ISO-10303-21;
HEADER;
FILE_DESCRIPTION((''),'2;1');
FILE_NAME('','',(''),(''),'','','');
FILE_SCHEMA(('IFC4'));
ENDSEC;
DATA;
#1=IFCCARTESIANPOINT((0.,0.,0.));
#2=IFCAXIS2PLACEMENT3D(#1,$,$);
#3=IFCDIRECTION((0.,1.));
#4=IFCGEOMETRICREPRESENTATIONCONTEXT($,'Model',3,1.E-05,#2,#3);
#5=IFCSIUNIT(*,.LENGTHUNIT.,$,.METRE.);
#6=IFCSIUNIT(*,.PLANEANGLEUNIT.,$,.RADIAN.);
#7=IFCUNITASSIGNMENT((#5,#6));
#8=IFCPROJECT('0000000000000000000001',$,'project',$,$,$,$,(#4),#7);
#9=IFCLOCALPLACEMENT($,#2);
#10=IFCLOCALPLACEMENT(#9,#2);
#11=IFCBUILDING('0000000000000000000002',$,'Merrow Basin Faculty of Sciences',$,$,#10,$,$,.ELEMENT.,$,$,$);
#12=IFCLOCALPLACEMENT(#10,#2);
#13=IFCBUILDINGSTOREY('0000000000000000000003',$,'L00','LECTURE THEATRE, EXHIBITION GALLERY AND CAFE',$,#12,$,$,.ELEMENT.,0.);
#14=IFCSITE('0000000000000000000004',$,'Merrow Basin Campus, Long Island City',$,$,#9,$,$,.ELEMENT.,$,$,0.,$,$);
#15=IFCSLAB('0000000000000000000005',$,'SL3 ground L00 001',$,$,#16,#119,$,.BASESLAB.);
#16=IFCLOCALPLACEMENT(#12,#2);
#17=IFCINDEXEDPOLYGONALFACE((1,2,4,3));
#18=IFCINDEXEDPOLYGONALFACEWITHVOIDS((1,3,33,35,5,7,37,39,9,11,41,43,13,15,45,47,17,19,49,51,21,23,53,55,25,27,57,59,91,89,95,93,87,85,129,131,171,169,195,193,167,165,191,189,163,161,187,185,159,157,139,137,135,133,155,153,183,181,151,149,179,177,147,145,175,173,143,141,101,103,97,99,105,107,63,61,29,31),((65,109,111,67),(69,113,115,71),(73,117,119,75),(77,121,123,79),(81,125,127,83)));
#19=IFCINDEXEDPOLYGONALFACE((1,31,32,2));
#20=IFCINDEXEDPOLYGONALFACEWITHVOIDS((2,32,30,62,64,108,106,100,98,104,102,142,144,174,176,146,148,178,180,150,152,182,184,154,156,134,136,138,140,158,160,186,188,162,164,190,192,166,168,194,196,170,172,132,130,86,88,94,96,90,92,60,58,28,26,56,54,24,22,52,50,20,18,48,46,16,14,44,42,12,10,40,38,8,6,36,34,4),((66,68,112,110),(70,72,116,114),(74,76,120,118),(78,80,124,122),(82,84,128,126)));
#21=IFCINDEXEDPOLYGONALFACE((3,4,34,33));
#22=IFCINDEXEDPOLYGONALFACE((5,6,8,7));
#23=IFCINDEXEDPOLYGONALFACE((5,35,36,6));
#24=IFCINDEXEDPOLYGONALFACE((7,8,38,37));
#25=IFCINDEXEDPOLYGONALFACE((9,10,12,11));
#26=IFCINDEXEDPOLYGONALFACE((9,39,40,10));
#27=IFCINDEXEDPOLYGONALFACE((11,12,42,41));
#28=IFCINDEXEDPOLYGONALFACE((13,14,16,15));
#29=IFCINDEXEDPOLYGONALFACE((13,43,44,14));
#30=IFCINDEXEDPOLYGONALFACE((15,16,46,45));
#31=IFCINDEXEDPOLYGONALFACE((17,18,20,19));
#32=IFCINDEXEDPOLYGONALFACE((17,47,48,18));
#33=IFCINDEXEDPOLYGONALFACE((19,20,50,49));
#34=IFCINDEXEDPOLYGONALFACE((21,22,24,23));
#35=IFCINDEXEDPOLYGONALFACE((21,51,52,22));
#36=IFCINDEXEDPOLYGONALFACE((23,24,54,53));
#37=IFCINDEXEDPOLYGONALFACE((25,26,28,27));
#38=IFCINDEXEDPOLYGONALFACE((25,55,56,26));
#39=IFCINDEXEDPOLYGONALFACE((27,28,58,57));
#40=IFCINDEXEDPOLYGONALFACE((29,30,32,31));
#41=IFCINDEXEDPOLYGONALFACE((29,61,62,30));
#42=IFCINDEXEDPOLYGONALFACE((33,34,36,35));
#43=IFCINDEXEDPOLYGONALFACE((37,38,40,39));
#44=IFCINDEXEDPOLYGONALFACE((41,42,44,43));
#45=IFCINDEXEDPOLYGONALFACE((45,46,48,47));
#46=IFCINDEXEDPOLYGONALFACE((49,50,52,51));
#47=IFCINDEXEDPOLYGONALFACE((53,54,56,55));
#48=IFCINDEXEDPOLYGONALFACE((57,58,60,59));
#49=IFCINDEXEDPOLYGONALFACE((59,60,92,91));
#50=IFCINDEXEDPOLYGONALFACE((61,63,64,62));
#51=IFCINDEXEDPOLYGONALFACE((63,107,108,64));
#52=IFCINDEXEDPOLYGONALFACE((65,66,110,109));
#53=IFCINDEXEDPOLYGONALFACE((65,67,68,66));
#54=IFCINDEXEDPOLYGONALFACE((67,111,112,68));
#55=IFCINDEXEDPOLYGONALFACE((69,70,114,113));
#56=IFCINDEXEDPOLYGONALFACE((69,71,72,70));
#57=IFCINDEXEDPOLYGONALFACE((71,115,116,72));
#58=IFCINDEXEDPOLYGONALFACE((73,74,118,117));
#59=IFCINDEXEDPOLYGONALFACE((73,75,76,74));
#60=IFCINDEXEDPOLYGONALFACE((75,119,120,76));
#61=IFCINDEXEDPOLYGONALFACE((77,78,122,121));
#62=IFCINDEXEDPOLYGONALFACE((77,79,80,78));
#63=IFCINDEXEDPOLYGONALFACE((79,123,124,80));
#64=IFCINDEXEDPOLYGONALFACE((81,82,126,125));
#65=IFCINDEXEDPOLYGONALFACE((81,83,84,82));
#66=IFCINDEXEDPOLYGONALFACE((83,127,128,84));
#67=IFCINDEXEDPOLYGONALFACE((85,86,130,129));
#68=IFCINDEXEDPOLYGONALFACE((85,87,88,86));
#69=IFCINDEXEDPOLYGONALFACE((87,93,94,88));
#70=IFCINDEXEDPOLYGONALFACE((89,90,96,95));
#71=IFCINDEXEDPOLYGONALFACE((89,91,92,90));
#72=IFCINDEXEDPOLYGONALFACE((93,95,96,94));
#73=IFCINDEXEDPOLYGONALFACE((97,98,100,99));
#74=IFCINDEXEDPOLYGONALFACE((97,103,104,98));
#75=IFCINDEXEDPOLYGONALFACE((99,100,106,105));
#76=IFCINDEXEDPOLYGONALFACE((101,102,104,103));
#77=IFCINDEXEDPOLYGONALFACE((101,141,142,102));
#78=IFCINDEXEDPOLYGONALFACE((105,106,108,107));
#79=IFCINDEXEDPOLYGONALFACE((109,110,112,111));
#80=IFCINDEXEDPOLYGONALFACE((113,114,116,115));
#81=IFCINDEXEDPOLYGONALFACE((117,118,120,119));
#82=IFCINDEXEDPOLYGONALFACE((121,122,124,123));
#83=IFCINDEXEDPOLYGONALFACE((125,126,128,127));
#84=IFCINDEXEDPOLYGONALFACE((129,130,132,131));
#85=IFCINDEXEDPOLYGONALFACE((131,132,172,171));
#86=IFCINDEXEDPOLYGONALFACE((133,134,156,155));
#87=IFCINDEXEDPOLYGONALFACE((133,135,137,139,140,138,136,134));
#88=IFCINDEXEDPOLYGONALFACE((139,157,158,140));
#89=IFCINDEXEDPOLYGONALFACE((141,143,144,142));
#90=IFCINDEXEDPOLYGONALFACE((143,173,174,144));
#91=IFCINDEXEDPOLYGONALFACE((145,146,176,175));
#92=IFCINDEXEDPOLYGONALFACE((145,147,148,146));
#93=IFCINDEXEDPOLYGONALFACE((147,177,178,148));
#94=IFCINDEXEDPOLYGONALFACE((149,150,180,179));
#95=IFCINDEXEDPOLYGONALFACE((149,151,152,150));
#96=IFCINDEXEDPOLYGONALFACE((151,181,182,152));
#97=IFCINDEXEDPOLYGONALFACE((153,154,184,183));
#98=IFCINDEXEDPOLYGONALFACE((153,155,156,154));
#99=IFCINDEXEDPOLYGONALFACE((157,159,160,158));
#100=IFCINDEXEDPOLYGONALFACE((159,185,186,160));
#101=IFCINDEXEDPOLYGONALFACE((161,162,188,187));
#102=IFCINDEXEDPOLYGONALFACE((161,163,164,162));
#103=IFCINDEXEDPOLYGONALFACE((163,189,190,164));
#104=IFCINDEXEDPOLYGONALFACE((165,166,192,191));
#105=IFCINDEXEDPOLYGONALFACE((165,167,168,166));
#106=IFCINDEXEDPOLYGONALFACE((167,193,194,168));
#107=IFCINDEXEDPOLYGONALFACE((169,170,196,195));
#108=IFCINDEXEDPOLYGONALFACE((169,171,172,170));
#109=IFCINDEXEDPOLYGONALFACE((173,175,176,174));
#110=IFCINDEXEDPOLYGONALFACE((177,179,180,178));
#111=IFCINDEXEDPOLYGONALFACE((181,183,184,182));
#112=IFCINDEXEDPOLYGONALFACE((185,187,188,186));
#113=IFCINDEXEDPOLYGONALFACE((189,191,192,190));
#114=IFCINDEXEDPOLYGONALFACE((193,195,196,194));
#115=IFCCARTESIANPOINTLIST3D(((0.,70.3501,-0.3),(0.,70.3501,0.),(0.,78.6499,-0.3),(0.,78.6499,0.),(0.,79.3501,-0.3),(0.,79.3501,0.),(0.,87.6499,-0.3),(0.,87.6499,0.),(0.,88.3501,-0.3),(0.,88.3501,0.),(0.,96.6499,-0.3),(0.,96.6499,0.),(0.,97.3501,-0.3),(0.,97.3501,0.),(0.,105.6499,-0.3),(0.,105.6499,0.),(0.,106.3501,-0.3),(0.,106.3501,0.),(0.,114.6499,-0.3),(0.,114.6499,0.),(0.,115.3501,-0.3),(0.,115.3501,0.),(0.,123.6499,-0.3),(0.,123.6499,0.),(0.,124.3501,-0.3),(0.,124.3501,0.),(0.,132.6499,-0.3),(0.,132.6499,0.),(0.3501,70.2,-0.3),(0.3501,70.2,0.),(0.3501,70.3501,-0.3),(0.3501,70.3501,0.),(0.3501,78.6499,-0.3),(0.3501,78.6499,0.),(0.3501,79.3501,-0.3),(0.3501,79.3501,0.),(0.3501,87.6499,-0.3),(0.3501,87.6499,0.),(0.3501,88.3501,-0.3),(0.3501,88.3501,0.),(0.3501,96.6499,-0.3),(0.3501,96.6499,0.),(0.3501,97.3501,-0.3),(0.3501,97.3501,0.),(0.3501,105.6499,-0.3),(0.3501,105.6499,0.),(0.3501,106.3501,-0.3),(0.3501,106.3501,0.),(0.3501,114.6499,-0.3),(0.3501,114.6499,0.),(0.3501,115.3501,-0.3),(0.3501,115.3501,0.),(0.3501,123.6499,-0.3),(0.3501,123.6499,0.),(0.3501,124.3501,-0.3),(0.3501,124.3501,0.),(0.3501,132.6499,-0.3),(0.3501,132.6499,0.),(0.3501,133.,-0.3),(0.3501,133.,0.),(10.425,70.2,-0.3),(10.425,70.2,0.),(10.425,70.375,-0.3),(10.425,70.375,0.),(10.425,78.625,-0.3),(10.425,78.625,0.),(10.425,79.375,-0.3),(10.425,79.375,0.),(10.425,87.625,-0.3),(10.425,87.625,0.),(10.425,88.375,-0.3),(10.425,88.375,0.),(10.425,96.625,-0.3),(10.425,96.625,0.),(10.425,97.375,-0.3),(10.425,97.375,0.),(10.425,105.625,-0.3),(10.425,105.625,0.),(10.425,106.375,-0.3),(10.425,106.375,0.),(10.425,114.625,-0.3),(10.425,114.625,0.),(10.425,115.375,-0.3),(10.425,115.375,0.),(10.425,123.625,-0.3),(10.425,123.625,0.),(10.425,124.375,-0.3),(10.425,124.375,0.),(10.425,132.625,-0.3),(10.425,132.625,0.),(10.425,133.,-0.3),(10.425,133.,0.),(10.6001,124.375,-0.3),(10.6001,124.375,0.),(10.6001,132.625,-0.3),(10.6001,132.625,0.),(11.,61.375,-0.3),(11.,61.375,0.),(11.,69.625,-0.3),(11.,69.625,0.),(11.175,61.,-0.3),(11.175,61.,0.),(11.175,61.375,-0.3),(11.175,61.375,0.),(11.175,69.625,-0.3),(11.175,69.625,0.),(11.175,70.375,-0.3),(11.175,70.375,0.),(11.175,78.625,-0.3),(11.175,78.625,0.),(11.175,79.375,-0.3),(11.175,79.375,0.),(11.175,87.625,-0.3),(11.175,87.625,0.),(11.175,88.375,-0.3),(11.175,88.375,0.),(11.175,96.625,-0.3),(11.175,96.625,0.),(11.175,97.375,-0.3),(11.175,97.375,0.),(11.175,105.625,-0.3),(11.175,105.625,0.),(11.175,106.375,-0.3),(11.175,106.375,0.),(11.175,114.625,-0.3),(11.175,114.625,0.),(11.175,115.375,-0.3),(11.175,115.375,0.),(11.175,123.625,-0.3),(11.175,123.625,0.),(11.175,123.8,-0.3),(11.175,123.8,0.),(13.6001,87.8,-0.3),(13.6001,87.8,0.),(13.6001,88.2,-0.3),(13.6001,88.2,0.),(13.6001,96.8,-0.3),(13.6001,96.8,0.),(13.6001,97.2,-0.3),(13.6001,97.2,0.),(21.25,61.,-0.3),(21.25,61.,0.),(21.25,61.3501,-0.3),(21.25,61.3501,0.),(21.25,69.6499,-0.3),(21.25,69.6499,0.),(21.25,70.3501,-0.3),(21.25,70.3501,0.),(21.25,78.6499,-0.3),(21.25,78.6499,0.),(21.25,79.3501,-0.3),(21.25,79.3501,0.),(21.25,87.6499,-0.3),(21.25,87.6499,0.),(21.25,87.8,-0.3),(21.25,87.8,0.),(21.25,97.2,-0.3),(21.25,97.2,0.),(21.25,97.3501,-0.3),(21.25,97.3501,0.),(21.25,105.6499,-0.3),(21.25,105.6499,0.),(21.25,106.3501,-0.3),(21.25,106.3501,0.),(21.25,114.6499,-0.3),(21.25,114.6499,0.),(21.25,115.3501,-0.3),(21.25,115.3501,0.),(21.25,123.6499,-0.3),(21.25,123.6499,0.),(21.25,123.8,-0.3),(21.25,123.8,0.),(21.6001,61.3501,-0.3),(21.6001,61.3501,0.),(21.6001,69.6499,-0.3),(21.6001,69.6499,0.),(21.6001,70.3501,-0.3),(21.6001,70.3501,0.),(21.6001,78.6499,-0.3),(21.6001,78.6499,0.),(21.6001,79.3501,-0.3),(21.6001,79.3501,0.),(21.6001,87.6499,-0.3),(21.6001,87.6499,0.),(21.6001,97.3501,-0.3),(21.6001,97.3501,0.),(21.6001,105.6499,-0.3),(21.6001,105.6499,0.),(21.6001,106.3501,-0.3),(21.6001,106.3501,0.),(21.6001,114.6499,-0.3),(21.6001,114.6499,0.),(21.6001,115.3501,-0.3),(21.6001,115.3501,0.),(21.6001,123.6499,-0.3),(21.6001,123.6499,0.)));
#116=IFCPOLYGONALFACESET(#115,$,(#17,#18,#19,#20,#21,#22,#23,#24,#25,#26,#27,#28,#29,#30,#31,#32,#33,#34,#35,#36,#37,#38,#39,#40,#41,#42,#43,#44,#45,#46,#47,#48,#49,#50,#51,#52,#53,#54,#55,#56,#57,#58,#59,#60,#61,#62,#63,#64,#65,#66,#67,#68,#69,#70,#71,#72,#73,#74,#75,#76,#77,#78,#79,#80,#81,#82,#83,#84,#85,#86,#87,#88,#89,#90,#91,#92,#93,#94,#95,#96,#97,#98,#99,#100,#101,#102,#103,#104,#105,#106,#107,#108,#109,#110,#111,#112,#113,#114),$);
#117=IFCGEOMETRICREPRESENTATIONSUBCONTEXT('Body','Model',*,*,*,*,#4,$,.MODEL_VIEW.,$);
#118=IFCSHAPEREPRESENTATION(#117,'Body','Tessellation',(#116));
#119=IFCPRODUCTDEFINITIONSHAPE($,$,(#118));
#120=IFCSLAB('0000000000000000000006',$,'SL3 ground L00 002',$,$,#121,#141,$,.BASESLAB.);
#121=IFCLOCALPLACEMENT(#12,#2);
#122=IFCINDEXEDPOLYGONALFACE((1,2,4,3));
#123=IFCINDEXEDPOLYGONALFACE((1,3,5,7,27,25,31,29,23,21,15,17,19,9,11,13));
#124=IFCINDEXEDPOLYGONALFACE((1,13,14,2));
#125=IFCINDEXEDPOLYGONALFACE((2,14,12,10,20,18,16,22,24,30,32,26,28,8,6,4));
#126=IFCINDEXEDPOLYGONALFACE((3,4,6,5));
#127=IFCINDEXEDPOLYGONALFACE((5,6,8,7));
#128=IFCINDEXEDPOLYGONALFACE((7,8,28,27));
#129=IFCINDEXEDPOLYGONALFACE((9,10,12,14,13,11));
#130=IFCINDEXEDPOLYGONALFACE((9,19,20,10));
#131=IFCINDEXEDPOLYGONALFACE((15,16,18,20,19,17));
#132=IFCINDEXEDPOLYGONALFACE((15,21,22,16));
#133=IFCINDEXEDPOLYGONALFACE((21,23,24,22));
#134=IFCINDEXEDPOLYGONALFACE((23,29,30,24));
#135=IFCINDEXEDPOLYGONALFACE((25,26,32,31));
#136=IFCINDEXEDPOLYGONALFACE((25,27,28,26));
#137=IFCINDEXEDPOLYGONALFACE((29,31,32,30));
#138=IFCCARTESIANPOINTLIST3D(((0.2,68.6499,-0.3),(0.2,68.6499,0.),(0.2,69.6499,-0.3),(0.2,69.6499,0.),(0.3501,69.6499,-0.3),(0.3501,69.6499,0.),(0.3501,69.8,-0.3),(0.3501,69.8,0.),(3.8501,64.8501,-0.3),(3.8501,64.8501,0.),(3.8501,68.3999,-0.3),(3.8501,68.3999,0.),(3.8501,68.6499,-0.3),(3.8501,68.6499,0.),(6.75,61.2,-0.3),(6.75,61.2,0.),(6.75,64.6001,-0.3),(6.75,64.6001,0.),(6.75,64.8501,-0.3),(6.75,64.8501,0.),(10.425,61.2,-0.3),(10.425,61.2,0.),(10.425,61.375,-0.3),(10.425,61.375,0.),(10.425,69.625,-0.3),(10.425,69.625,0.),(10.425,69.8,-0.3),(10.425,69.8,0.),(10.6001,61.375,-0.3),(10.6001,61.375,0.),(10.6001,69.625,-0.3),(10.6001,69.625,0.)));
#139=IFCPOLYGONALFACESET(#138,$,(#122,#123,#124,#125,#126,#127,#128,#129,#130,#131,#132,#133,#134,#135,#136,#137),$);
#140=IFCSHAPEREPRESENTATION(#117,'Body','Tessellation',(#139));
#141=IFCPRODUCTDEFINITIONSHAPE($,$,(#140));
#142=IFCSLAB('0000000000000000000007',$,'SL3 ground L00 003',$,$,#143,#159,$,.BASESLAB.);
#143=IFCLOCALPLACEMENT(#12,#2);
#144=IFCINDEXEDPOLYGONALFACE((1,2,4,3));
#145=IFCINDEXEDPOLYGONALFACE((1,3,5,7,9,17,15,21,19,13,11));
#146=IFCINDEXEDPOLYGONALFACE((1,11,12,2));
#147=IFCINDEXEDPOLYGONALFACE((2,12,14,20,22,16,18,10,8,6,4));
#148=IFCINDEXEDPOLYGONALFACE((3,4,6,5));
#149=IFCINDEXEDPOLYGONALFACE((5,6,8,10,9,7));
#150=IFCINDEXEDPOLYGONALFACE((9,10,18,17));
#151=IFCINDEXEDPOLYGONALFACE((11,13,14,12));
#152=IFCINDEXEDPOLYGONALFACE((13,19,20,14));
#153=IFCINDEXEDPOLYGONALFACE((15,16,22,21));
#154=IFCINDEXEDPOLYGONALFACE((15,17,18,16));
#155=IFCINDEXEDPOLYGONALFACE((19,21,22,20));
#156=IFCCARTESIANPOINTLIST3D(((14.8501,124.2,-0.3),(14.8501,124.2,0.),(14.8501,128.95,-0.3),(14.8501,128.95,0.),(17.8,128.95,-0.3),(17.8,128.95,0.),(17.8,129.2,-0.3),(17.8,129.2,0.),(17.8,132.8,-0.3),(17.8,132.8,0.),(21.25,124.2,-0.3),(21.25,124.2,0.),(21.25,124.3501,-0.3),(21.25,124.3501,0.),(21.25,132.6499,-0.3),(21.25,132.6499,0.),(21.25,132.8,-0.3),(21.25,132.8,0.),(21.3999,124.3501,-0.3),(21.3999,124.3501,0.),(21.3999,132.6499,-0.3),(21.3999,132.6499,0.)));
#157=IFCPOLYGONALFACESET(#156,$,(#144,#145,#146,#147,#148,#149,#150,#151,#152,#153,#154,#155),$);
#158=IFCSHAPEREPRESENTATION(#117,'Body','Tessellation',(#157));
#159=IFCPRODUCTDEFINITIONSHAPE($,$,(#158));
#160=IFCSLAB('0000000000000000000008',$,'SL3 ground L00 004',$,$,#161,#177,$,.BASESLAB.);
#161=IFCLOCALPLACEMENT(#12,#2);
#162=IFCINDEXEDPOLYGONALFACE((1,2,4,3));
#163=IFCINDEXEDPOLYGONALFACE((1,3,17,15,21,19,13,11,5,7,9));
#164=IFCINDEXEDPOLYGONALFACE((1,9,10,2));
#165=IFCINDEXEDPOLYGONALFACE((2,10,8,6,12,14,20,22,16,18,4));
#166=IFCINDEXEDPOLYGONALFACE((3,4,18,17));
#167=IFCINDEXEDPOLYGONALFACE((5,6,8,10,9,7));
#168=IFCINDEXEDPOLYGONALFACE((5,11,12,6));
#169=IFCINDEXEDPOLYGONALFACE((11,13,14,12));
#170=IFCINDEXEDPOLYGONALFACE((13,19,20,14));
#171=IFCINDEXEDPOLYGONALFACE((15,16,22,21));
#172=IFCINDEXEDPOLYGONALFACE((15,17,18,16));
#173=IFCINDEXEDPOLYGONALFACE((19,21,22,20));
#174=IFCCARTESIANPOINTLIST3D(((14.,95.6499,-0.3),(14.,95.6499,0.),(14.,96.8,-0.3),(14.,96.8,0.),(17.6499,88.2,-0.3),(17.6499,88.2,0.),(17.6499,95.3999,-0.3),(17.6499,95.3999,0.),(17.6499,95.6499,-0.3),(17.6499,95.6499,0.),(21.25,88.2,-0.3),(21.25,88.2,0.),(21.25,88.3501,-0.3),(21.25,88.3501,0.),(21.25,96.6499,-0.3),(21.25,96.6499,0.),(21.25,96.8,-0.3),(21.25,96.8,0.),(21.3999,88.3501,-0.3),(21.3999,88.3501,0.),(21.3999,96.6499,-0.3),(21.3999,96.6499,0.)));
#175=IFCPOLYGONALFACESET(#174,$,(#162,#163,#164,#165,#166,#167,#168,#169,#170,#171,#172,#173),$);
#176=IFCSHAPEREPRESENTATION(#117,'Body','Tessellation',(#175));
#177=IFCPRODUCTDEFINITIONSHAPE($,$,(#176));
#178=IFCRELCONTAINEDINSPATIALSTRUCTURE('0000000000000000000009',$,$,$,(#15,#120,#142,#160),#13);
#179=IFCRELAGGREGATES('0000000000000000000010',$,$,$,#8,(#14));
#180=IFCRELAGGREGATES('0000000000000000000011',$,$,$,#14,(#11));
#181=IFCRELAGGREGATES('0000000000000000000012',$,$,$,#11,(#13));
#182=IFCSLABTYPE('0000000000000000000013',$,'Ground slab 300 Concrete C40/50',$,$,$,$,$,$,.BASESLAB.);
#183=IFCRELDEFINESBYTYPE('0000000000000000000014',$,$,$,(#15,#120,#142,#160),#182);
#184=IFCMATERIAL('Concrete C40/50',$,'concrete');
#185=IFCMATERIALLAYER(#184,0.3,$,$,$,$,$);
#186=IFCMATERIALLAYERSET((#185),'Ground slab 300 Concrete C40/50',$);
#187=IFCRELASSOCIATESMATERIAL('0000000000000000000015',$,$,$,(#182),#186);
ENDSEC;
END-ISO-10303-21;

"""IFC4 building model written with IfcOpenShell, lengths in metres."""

from ifc_helpers import new_model, si_unit, direction, frame, origin, place, context, subcontext, project, spatial, polyline, outline, extrude, material, layer, layer_set, type_object, element, save


model = new_model("IFC4")

# Units and contexts
model_context = context("Model", 3, precision=1e-05, world=origin(), true_north=direction((0.0, 1.0)))
body_context = subcontext(model_context, "Body", "Model", "MODEL_VIEW")
ifc_project = project(units=[si_unit("LENGTHUNIT", "METRE"), si_unit("PLANEANGLEUNIT", "RADIAN")], contexts=[model_context])

# Site, building, storey
site_placement = place(None, origin())
site = spatial("IfcSite", under=ifc_project, at=site_placement, Name="Merrow Basin Campus, Long Island City", CompositionType="ELEMENT", RefElevation=0.0)
building_placement = place(site_placement, origin())
building = spatial("IfcBuilding", under=site, at=building_placement, Name="Merrow Basin Faculty of Sciences", CompositionType="ELEMENT")
storey_placement = place(building_placement, origin())
storey = spatial("IfcBuildingStorey", under=building, at=storey_placement, Name="L00", Description="LECTURE THEATRE, EXHIBITION GALLERY AND CAFE", CompositionType="ELEMENT", Elevation=0.0)

# Slabs
ifc_material = material(Name="Concrete C40/50", Category="concrete")
ifc_layer = layer(ifc_material, 0.3)
ifc_layer_set = layer_set([ifc_layer], Name="Ground slab 300 Concrete C40/50")
slab_type = type_object("IfcSlabType", Name="Ground slab 300 Concrete C40/50", PredefinedType="BASESLAB", material=ifc_layer_set)
slab_1_placement = place(storey_placement, frame((0.0, 0.0, -0.3)))
element("IfcSlab", 1, at=slab_1_placement, inside=storey, type_object=slab_type, Name="SL3 ground L00 001", PredefinedType="BASESLAB", context=body_context, shape_type="SweptSolid", body=[
    extrude(outline(polyline([(0.3501, 78.6499), (0.3501, 79.3501), (0.0, 79.3501), (0.0, 87.6499), (0.3501, 87.6499), (0.3501, 88.3501), (0.0, 88.3501), (0.0, 96.6499), (0.3501, 96.6499), (0.3501, 97.3501), (0.0, 97.3501), (0.0, 105.6499), (0.3501, 105.6499), (0.3501, 106.3501), (0.0, 106.3501), (0.0, 114.6499), (0.3501, 114.6499), (0.3501, 115.3501), (0.0, 115.3501), (0.0, 123.6499), (0.3501, 123.6499), (0.3501, 124.3501), (0.0, 124.3501), (0.0, 132.6499), (0.3501, 132.6499), (0.3501, 133.0), (10.425, 133.0), (10.425, 132.625), (10.6001, 132.625), (10.6001, 124.375), (10.425, 124.375), (10.425, 123.625), (11.175, 123.625), (11.175, 123.8), (21.25, 123.8), (21.25, 123.6499), (21.6001, 123.6499), (21.6001, 115.3501), (21.25, 115.3501), (21.25, 114.6499), (21.6001, 114.6499), (21.6001, 106.3501), (21.25, 106.3501), (21.25, 105.6499), (21.6001, 105.6499), (21.6001, 97.3501), (21.25, 97.3501), (21.25, 97.2), (13.6001, 97.2), (13.6001, 96.8), (13.6001, 88.2), (13.6001, 87.8), (21.25, 87.8), (21.25, 87.6499), (21.6001, 87.6499), (21.6001, 79.3501), (21.25, 79.3501), (21.25, 78.6499), (21.6001, 78.6499), (21.6001, 70.3501), (21.25, 70.3501), (21.25, 69.6499), (21.6001, 69.6499), (21.6001, 61.3501), (21.25, 61.3501), (21.25, 61.0), (11.175, 61.0), (11.175, 61.375), (11.0, 61.375), (11.0, 69.625), (11.175, 69.625), (11.175, 70.375), (10.425, 70.375), (10.425, 70.2), (0.3501, 70.2), (0.3501, 70.3501), (0.0, 70.3501), (0.0, 78.6499), (0.3501, 78.6499)]), holes=[polyline([(10.425, 79.375), (10.425, 78.625), (11.175, 78.625), (11.175, 79.375), (10.425, 79.375)]), polyline([(10.425, 88.375), (10.425, 87.625), (11.175, 87.625), (11.175, 88.375), (10.425, 88.375)]), polyline([(10.425, 97.375), (10.425, 96.625), (11.175, 96.625), (11.175, 97.375), (10.425, 97.375)]), polyline([(10.425, 106.375), (10.425, 105.625), (11.175, 105.625), (11.175, 106.375), (10.425, 106.375)]), polyline([(10.425, 115.375), (10.425, 114.625), (11.175, 114.625), (11.175, 115.375), (10.425, 115.375)])]), origin(), (0.0, 0.0, 1.0), 0.3),
])
slab_2_placement = place(storey_placement, frame((0.0, 0.0, -0.3)))
element("IfcSlab", 2, at=slab_2_placement, inside=storey, type_object=slab_type, Name="SL3 ground L00 002", PredefinedType="BASESLAB", context=body_context, shape_type="SweptSolid", body=[
    extrude(outline(polyline([(0.3501, 69.8), (10.425, 69.8), (10.425, 69.625), (10.6001, 69.625), (10.6001, 61.375), (10.425, 61.375), (10.425, 61.2), (6.75, 61.2), (6.75, 64.6001), (6.75, 64.8501), (3.8501, 64.8501), (3.8501, 68.3999), (3.8501, 68.6499), (0.2, 68.6499), (0.2, 69.6499), (0.3501, 69.6499), (0.3501, 69.8)])), origin(), (0.0, 0.0, 1.0), 0.3),
])
slab_3_placement = place(storey_placement, frame((0.0, 0.0, -0.3)))
element("IfcSlab", 3, at=slab_3_placement, inside=storey, type_object=slab_type, Name="SL3 ground L00 003", PredefinedType="BASESLAB", context=body_context, shape_type="SweptSolid", body=[
    extrude(outline(polyline([(21.3999, 124.3501), (21.25, 124.3501), (21.25, 124.2), (14.8501, 124.2), (14.8501, 128.95), (17.8, 128.95), (17.8, 129.2), (17.8, 132.8), (21.25, 132.8), (21.25, 132.6499), (21.3999, 132.6499), (21.3999, 124.3501)])), origin(), (0.0, 0.0, 1.0), 0.3),
])
slab_4_placement = place(storey_placement, frame((0.0, 0.0, -0.3)))
element("IfcSlab", 4, at=slab_4_placement, inside=storey, type_object=slab_type, Name="SL3 ground L00 004", PredefinedType="BASESLAB", context=body_context, shape_type="SweptSolid", body=[
    extrude(outline(polyline([(17.6499, 95.3999), (17.6499, 95.6499), (14.0, 95.6499), (14.0, 96.8), (21.25, 96.8), (21.25, 96.6499), (21.3999, 96.6499), (21.3999, 88.3501), (21.25, 88.3501), (21.25, 88.2), (17.6499, 88.2), (17.6499, 95.3999)])), origin(), (0.0, 0.0, 1.0), 0.3),
])

save(model, "model.ifc")
